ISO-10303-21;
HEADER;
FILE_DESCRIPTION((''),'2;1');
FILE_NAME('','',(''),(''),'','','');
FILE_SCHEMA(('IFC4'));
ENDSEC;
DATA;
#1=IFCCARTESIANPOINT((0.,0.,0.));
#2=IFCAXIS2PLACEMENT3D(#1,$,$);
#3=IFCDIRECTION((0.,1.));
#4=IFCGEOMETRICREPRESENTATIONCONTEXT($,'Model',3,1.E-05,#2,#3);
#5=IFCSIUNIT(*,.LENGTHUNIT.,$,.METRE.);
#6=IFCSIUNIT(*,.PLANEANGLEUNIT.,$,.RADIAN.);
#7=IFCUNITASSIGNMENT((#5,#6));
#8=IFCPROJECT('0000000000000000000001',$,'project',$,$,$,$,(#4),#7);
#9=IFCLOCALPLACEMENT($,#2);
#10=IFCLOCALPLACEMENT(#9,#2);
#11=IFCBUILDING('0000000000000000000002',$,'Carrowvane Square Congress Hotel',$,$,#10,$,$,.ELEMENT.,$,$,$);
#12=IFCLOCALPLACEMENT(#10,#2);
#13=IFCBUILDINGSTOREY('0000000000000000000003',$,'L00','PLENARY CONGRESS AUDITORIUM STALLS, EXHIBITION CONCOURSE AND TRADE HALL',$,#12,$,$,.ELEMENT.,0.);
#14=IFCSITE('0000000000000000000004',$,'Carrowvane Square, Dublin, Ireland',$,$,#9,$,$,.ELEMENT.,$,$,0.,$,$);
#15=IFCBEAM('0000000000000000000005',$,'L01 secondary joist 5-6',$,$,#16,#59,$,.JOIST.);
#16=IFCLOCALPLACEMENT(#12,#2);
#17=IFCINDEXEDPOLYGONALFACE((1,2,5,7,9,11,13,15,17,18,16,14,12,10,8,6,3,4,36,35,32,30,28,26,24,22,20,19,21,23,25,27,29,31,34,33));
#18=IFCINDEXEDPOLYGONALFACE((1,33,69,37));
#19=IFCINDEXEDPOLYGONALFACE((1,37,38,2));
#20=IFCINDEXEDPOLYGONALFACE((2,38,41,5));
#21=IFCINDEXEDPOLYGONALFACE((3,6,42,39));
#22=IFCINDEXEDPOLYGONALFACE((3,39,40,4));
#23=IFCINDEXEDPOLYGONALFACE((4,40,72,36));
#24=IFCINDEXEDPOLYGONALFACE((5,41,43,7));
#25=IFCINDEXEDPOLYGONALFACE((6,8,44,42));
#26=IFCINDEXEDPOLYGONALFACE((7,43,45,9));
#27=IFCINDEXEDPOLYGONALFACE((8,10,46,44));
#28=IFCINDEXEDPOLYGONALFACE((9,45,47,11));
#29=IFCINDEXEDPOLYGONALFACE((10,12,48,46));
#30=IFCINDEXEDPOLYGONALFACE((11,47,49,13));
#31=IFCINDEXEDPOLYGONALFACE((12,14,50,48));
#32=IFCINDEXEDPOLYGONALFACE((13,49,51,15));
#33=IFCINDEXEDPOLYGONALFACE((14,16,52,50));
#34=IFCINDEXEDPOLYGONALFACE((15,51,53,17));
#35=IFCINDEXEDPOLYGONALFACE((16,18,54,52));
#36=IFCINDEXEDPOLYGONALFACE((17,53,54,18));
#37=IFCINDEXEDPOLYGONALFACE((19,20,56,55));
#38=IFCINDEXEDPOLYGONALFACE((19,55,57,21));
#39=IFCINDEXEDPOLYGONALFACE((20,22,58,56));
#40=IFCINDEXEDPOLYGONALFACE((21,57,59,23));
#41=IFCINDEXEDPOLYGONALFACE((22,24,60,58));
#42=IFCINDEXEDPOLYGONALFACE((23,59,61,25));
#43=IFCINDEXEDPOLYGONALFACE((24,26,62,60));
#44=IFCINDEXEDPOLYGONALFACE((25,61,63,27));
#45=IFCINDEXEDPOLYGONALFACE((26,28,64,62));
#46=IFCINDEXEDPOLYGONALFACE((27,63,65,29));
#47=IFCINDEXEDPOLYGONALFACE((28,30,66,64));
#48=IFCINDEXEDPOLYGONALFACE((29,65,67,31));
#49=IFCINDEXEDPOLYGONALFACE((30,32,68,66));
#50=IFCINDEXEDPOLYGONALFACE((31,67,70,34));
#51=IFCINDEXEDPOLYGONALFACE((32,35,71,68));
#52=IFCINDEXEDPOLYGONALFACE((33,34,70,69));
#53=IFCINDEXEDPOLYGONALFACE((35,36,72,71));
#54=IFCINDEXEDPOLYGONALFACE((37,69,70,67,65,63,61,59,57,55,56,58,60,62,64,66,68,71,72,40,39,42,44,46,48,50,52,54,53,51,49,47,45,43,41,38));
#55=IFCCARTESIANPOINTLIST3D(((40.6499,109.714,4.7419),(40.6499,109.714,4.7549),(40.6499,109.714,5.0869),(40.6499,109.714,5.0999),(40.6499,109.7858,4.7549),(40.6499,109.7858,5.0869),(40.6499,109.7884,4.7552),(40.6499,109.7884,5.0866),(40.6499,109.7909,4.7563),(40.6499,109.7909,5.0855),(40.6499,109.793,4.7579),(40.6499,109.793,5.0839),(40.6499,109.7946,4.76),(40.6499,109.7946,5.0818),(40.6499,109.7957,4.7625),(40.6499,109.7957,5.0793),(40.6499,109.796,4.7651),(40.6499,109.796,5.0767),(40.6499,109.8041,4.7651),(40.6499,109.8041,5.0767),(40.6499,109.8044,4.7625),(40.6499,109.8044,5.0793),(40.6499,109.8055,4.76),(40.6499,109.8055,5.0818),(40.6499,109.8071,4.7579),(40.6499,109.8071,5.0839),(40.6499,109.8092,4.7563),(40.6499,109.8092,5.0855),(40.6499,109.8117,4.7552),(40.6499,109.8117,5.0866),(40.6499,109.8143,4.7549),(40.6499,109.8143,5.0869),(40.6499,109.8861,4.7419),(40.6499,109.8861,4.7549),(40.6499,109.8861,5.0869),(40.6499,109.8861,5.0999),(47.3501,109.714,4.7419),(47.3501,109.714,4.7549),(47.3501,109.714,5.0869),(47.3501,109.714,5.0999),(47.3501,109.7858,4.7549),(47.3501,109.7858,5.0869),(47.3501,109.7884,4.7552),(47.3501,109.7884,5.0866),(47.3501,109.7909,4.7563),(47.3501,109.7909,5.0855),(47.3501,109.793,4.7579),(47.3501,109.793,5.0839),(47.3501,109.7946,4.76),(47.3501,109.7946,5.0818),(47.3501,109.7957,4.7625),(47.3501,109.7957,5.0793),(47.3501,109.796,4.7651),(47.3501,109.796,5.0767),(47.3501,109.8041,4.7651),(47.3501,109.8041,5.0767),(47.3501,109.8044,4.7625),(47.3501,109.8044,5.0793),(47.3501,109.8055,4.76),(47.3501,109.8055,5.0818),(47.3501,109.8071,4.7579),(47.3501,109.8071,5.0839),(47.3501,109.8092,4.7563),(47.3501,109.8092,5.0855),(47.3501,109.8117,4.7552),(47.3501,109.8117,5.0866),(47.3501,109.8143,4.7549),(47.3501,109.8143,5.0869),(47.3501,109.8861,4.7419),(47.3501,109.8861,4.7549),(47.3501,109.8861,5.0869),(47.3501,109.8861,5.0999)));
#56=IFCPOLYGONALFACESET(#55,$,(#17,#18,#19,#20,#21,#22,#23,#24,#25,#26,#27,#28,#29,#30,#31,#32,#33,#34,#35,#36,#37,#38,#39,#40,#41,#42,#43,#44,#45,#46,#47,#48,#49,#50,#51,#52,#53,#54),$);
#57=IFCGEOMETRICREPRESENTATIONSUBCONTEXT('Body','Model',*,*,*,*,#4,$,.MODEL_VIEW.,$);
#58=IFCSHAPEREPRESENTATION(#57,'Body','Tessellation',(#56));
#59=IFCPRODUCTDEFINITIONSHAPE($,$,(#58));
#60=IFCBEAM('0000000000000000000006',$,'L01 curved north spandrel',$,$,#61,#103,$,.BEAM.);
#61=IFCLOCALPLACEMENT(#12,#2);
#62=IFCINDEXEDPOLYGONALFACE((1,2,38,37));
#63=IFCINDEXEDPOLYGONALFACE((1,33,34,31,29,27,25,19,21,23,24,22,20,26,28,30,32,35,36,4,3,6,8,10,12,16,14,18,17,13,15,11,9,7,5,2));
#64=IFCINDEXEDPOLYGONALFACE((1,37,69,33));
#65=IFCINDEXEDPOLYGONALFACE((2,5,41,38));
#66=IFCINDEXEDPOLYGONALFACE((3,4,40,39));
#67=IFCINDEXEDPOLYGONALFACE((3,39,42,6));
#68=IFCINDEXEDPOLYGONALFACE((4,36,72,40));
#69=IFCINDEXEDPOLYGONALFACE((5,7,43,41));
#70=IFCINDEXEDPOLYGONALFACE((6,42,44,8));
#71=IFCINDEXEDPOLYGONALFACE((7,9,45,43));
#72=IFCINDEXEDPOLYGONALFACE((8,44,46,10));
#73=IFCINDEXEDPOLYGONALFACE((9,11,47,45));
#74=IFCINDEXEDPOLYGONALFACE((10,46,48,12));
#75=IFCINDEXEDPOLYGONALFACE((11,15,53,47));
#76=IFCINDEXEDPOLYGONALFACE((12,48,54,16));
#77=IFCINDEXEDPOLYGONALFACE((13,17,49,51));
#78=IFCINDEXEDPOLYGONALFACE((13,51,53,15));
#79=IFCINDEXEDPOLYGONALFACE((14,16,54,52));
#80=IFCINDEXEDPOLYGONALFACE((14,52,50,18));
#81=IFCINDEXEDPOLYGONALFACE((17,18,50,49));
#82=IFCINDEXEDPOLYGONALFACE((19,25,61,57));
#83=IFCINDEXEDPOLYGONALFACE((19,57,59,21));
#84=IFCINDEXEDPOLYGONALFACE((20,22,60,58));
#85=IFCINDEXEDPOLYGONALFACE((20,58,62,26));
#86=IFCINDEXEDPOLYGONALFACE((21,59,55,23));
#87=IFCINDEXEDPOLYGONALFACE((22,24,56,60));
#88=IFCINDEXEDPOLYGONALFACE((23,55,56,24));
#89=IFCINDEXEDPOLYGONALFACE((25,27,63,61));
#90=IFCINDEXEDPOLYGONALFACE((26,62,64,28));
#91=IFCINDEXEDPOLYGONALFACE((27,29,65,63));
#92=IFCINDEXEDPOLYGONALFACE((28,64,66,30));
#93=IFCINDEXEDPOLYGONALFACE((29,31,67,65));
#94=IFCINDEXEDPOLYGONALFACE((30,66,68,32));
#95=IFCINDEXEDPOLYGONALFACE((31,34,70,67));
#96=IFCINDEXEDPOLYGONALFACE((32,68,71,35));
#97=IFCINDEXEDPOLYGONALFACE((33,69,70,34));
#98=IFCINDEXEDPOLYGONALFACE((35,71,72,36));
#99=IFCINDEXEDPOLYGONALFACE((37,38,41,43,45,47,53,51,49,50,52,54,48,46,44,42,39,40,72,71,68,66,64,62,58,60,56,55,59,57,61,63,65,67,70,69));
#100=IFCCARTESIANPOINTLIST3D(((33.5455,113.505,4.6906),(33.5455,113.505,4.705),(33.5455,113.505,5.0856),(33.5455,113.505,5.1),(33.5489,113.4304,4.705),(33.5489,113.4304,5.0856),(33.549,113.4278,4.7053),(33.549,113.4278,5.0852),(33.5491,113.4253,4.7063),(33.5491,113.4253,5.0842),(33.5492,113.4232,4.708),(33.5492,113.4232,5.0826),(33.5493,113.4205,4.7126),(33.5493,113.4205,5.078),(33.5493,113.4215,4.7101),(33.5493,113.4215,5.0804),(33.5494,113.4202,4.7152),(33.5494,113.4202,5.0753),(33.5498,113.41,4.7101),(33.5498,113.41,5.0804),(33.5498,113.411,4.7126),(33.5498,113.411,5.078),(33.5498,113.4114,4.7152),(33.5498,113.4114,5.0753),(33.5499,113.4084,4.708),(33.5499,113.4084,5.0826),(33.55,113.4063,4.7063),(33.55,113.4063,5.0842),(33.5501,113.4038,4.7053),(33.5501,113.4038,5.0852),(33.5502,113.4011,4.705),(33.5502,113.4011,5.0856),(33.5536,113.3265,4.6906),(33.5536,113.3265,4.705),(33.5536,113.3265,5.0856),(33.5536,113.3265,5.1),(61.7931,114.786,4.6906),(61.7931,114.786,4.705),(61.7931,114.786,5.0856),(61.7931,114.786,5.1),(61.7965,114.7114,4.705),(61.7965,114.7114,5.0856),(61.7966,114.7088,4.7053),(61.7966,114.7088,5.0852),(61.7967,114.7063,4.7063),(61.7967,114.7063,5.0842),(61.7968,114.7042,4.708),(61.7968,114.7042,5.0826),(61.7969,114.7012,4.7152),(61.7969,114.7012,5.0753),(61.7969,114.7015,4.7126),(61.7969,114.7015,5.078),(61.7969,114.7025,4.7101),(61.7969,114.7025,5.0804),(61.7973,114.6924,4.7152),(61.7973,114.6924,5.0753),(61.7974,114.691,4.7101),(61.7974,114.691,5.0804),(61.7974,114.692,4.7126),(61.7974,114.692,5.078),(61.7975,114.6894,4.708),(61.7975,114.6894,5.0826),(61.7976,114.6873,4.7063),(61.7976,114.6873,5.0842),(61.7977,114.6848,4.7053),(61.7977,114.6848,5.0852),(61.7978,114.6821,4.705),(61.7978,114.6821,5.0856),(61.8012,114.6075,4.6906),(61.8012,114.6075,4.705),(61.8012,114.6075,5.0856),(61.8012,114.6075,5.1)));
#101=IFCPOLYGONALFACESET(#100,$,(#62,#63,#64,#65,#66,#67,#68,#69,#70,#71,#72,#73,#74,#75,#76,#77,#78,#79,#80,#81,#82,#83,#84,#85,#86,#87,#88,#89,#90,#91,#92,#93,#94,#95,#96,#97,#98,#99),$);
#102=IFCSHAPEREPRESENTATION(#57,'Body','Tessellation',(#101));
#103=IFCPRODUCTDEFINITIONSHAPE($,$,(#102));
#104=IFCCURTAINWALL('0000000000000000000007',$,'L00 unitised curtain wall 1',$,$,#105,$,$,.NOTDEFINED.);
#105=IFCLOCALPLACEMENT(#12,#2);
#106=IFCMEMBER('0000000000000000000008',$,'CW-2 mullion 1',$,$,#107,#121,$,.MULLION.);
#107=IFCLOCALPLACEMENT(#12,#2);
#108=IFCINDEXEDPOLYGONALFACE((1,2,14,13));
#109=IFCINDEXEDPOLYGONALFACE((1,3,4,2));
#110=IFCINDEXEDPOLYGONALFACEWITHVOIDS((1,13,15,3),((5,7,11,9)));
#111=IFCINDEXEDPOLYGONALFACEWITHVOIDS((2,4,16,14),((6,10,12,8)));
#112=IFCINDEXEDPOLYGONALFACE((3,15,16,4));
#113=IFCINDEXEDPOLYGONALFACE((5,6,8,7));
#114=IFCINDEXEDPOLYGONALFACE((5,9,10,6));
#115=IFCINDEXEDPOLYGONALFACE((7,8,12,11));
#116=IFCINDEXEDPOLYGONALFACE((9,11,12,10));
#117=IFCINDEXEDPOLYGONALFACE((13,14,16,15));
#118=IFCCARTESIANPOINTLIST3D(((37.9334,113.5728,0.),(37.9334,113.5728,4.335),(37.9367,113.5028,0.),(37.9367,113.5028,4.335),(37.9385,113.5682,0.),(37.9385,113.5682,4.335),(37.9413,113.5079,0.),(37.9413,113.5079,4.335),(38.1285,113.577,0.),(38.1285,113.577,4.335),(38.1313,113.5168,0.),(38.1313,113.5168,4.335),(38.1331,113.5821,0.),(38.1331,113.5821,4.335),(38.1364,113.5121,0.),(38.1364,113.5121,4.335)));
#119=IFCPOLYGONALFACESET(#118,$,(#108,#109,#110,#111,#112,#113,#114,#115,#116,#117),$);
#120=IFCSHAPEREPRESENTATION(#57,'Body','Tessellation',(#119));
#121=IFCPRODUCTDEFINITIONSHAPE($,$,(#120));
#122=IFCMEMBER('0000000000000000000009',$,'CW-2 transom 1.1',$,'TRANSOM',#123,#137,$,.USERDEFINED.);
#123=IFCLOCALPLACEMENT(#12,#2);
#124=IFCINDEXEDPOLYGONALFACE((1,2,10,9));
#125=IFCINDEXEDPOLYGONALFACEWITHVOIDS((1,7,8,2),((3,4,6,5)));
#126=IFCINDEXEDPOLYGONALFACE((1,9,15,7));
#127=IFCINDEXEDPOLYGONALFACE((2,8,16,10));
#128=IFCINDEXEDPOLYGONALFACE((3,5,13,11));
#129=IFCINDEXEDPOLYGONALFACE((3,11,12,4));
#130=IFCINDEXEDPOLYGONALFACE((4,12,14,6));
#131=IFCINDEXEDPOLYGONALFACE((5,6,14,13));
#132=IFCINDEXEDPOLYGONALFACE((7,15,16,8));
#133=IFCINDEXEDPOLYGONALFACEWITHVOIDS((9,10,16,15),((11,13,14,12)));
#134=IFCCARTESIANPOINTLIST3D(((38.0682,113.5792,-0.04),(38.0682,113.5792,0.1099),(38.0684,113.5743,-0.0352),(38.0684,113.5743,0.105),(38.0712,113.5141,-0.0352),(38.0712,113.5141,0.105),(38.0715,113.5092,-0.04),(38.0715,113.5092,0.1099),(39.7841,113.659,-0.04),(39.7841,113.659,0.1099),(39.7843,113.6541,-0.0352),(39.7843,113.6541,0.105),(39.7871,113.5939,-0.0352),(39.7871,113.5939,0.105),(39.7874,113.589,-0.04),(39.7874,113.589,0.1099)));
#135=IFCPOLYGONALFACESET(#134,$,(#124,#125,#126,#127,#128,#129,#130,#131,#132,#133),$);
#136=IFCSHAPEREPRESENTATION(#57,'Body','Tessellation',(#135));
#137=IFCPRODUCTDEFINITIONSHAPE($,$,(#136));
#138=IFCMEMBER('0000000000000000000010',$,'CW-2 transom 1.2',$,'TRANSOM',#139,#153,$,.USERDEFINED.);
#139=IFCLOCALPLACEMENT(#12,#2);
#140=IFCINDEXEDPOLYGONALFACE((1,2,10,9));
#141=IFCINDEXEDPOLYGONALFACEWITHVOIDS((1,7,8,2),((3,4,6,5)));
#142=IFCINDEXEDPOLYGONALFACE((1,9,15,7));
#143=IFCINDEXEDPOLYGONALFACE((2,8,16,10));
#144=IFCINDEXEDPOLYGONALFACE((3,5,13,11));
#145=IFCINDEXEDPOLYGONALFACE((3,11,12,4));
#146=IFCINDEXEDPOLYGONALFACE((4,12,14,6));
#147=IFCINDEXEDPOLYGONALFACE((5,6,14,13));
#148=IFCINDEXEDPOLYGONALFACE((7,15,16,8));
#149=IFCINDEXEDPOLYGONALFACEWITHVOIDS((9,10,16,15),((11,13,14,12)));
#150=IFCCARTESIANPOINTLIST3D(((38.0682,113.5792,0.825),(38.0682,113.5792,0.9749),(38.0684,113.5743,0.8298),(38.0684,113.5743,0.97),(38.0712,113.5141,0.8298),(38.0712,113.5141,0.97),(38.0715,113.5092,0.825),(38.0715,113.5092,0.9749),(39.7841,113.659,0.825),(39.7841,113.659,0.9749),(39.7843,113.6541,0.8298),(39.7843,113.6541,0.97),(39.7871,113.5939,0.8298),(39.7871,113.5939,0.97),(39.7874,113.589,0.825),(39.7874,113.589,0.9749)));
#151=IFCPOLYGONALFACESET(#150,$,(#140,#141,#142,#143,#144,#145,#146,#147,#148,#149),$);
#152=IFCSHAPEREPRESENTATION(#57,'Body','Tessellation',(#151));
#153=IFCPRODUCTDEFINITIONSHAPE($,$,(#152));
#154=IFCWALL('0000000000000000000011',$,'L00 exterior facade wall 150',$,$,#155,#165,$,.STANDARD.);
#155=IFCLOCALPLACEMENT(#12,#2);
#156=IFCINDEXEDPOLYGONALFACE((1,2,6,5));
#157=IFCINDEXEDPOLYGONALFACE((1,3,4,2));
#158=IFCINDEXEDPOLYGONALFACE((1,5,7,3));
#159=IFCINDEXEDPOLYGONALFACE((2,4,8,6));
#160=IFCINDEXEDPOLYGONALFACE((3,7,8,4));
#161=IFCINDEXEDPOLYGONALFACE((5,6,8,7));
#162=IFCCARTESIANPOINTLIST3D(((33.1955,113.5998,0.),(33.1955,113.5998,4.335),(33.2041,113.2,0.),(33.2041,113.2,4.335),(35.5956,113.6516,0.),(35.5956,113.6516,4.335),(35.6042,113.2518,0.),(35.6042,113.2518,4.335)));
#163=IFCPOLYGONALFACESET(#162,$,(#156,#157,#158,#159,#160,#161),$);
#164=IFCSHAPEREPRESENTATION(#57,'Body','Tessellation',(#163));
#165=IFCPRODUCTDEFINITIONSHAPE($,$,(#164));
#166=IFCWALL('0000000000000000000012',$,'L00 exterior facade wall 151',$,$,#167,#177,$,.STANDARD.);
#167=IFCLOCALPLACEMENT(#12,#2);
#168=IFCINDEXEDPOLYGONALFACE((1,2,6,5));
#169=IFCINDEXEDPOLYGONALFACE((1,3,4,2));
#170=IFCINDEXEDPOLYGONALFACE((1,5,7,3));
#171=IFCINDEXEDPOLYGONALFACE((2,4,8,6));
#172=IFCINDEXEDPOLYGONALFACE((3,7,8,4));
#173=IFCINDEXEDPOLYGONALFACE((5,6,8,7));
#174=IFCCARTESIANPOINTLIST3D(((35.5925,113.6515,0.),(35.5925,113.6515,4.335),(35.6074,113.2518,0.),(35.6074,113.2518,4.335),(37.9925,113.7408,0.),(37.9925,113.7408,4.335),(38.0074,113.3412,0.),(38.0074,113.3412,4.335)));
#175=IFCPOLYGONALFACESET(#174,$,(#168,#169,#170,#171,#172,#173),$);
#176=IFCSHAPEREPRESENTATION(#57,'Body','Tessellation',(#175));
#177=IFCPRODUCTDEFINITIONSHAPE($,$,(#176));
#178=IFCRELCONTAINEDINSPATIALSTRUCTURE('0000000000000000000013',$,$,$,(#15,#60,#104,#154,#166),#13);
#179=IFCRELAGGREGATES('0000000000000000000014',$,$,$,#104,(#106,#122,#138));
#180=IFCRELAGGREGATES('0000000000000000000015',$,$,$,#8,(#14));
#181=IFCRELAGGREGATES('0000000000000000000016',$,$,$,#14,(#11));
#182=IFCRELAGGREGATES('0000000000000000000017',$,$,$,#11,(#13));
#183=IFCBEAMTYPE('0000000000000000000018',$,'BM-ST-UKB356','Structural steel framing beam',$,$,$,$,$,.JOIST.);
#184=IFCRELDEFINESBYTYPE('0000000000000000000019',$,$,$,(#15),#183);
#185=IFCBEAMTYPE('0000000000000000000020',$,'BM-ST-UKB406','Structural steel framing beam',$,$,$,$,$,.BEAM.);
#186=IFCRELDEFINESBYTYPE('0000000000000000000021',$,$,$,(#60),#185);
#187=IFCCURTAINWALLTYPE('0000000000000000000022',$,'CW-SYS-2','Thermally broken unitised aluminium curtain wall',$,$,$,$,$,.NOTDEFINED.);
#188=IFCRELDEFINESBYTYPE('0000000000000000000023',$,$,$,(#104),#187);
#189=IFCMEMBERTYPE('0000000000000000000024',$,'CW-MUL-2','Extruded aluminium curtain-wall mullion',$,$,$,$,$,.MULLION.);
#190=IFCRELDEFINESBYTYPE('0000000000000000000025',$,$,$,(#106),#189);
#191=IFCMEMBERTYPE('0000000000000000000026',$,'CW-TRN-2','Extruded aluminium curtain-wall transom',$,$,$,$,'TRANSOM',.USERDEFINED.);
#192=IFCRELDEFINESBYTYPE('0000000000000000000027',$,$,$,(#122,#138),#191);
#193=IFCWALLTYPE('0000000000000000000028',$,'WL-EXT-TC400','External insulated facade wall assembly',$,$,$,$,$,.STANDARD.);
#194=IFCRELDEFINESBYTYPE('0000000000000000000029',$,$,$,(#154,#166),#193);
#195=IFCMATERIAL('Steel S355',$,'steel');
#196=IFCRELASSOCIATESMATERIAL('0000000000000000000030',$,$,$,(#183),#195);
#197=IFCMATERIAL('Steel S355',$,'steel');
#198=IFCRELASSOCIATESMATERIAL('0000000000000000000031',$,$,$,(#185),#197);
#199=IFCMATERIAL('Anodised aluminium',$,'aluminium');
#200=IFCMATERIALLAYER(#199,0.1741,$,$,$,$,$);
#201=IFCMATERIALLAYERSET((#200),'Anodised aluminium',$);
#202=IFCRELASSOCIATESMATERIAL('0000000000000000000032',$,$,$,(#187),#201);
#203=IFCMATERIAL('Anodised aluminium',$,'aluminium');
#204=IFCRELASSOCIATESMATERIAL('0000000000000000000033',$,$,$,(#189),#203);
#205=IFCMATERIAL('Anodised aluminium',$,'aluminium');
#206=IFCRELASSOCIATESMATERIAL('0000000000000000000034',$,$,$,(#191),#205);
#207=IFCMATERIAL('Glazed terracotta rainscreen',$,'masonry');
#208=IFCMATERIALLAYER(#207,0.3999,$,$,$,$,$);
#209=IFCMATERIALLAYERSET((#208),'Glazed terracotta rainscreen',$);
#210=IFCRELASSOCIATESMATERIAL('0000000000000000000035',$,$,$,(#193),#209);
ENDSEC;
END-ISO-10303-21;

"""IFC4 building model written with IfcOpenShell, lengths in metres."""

from ifc_helpers import new_model, si_unit, direction, frame, frame_2d, origin, origin_2d, place, context, subcontext, project, spatial, rectangle, hollow_rectangle, i_section, extrude, material, layer, layer_set, material_profile, profile_set, type_object, element, aggregate, save


model = new_model("IFC4")

# Units and contexts
model_context = context("Model", 3, precision=1e-05, world=origin(), true_north=direction((0.0, 1.0)))
body_context = subcontext(model_context, "Body", "Model", "MODEL_VIEW")
ifc_project = project(units=[si_unit("LENGTHUNIT", "METRE"), si_unit("PLANEANGLEUNIT", "RADIAN")], contexts=[model_context])

# Site, building, storey
site_placement = place(None, origin())
site = spatial("IfcSite", under=ifc_project, at=site_placement, Name="Carrowvane Square, Dublin, Ireland", CompositionType="ELEMENT", RefElevation=0.0)
building_placement = place(site_placement, origin())
building = spatial("IfcBuilding", under=site, at=building_placement, Name="Carrowvane Square Congress Hotel", CompositionType="ELEMENT")
storey_placement = place(building_placement, origin())
storey = spatial("IfcBuildingStorey", under=building, at=storey_placement, Name="L00", Description="PLENARY CONGRESS AUDITORIUM STALLS, EXHIBITION CONCOURSE AND TRADE HALL", CompositionType="ELEMENT", Elevation=0.0)

# Beams
ifc_material_1 = material(Name="Steel S355", Category="steel")
ifc_material_profile_1 = material_profile(ifc_material_1, i_section(OverallWidth=0.1721, OverallDepth=0.3579, WebThickness=0.0081, FlangeThickness=0.0129, FilletRadius=0.0103, at=origin_2d()), Name="UKB 356x171x57")
ifc_profile_set_1 = profile_set([ifc_material_profile_1], Name="Steel S355")
beam_type_1 = type_object("IfcBeamType", Name="BM-ST-UKB356", Description="Structural steel framing beam", PredefinedType="JOIST", material=ifc_profile_set_1)
beam_1_placement = place(storey_placement, frame((40.6499, 109.8, 4.9209), z_axis=(1.0, 0.0, 0.0), x_axis=(0.0, 1.0, 0.0)))
element("IfcBeam", 1, at=beam_1_placement, inside=storey, type_object=beam_type_1, Name="L01 secondary joist 5-6", PredefinedType="JOIST", context=body_context, shape_type="SweptSolid", body=[
    extrude(i_section(OverallWidth=0.1721, OverallDepth=0.3579, WebThickness=0.0081, FlangeThickness=0.0129, FilletRadius=0.0103, at=origin_2d()), origin(), (0.0, 0.0, 1.0), 6.7002),
])
ifc_material_2 = material(Name="Steel S355", Category="steel")
ifc_material_profile_2 = material_profile(ifc_material_2, i_section(OverallWidth=0.1787, OverallDepth=0.4094, WebThickness=0.0088, FlangeThickness=0.0144, FilletRadius=0.0103, at=origin_2d()), Name="UKB 406x178x67")
ifc_profile_set_2 = profile_set([ifc_material_profile_2], Name="Steel S355")
beam_type_2 = type_object("IfcBeamType", Name="BM-ST-UKB406", Description="Structural steel framing beam", PredefinedType="BEAM", material=ifc_profile_set_2)
beam_2_placement = place(storey_placement, frame((33.5496, 113.4158, 4.8953), z_axis=(0.998973, 0.045303, 0.0), x_axis=(-0.045303, 0.998973, 0.0)))
element("IfcBeam", 2, at=beam_2_placement, inside=storey, type_object=beam_type_2, Name="L01 curved north spandrel", PredefinedType="BEAM", context=body_context, shape_type="SweptSolid", body=[
    extrude(i_section(OverallWidth=0.1787, OverallDepth=0.4094, WebThickness=0.0088, FlangeThickness=0.0144, FilletRadius=0.0103, at=origin_2d()), origin(), (0.0, 0.0, 1.0), 28.2766),
])

# Curtain wall, members
ifc_material_3 = material(Name="Anodised aluminium", Category="aluminium")
ifc_layer_1 = layer(ifc_material_3, 0.1741)
ifc_layer_set_1 = layer_set([ifc_layer_1], Name="Anodised aluminium")
curtain_wall_type = type_object("IfcCurtainWallType", Name="CW-SYS-2", Description="Thermally broken unitised aluminium curtain wall", PredefinedType="NOTDEFINED", material=ifc_layer_set_1)
curtain_wall_placement = place(storey_placement, origin())
curtain_wall = element("IfcCurtainWall", 3, at=curtain_wall_placement, inside=storey, type_object=curtain_wall_type, Name="L00 unitised curtain wall 1", PredefinedType="NOTDEFINED")
ifc_material_4 = material(Name="Anodised aluminium", Category="aluminium")
ifc_material_profile_3 = material_profile(ifc_material_4, hollow_rectangle(XDim=0.0701, YDim=0.2, WallThickness=0.0049, at=origin_2d()), Name="CW-ML 70x200x5")
ifc_profile_set_3 = profile_set([ifc_material_profile_3], Name="Anodised aluminium")
member_type_1 = type_object("IfcMemberType", Name="CW-MUL-2", Description="Extruded aluminium curtain-wall mullion", PredefinedType="MULLION", material=ifc_profile_set_3)
member_1_placement = place(storey_placement, frame((38.0349, 113.5425, 0.0), z_axis=(0.0, 0.0, 1.0), x_axis=(-0.046517, 0.998917, 0.0)))
member_1 = element("IfcMember", 4, at=member_1_placement, type_object=member_type_1, Name="CW-2 mullion 1", PredefinedType="MULLION", context=body_context, shape_type="SweptSolid", body=[
    extrude(hollow_rectangle(XDim=0.0701, YDim=0.2, WallThickness=0.0049, at=origin_2d()), origin(), (0.0, 0.0, 1.0), 4.335),
])
ifc_material_5 = material(Name="Anodised aluminium", Category="aluminium")
ifc_material_profile_4 = material_profile(ifc_material_5, hollow_rectangle(XDim=0.0701, YDim=0.1499, WallThickness=0.0049, at=origin_2d()), Name="CW-TR 70x150x5")
ifc_profile_set_4 = profile_set([ifc_material_profile_4], Name="Anodised aluminium")
member_type_2 = type_object("IfcMemberType", Name="CW-TRN-2", Description="Extruded aluminium curtain-wall transom", ElementType="TRANSOM", PredefinedType="USERDEFINED", material=ifc_profile_set_4)
member_2_placement = place(storey_placement, frame((38.0698, 113.5442, 0.0349), z_axis=(0.998919, 0.046478, 0.0), x_axis=(-0.046478, 0.998919, 0.0)))
member_2 = element("IfcMember", 5, at=member_2_placement, type_object=member_type_2, Name="CW-2 transom 1.1", ObjectType="TRANSOM", PredefinedType="USERDEFINED", context=body_context, shape_type="SweptSolid", body=[
    extrude(hollow_rectangle(XDim=0.0701, YDim=0.1499, WallThickness=0.0049, at=origin_2d()), origin(), (0.0, 0.0, 1.0), 1.7178),
])
member_3_placement = place(storey_placement, frame((38.0698, 113.5442, 0.8999), z_axis=(0.998919, 0.046478, 0.0), x_axis=(-0.046478, 0.998919, 0.0)))
member_3 = element("IfcMember", 6, at=member_3_placement, type_object=member_type_2, Name="CW-2 transom 1.2", ObjectType="TRANSOM", PredefinedType="USERDEFINED", context=body_context, shape_type="SweptSolid", body=[
    extrude(hollow_rectangle(XDim=0.0701, YDim=0.1499, WallThickness=0.0049, at=origin_2d()), origin(), (0.0, 0.0, 1.0), 1.7178),
])
aggregate(curtain_wall, [member_1, member_2, member_3])

# Walls
ifc_material_6 = material(Name="Glazed terracotta rainscreen", Category="masonry")
ifc_layer_2 = layer(ifc_material_6, 0.3999)
ifc_layer_set_2 = layer_set([ifc_layer_2], Name="Glazed terracotta rainscreen")
wall_type_1 = type_object("IfcWallType", Name="WL-EXT-TC400", Description="External insulated facade wall assembly", PredefinedType="STANDARD", material=ifc_layer_set_2)
wall_1_placement = place(storey_placement, frame((33.2, 113.3999, 0.0), z_axis=(0.0, 0.0, 1.0), x_axis=(0.999768, 0.021559, 0.0)))
element("IfcWall", 7, at=wall_1_placement, inside=storey, type_object=wall_type_1, Name="L00 exterior facade wall 150", PredefinedType="STANDARD", context=body_context, shape_type="SweptSolid", body=[
    extrude(rectangle(XDim=2.4006, YDim=0.3999, at=frame_2d((1.2002, 0.0))), origin(), (0.0, 0.0, 1.0), 4.335),
])
wall_2_placement = place(storey_placement, frame((35.6001, 113.4517, 0.0), z_axis=(0.0, 0.0, 1.0), x_axis=(0.999308, 0.037207, 0.0)))
element("IfcWall", 8, at=wall_2_placement, inside=storey, type_object=wall_type_1, Name="L00 exterior facade wall 151", PredefinedType="STANDARD", context=body_context, shape_type="SweptSolid", body=[
    extrude(rectangle(XDim=2.4016, YDim=0.3999, at=frame_2d((1.2007, 0.0))), origin(), (0.0, 0.0, 1.0), 4.335),
])

save(model, "model.ifc")
